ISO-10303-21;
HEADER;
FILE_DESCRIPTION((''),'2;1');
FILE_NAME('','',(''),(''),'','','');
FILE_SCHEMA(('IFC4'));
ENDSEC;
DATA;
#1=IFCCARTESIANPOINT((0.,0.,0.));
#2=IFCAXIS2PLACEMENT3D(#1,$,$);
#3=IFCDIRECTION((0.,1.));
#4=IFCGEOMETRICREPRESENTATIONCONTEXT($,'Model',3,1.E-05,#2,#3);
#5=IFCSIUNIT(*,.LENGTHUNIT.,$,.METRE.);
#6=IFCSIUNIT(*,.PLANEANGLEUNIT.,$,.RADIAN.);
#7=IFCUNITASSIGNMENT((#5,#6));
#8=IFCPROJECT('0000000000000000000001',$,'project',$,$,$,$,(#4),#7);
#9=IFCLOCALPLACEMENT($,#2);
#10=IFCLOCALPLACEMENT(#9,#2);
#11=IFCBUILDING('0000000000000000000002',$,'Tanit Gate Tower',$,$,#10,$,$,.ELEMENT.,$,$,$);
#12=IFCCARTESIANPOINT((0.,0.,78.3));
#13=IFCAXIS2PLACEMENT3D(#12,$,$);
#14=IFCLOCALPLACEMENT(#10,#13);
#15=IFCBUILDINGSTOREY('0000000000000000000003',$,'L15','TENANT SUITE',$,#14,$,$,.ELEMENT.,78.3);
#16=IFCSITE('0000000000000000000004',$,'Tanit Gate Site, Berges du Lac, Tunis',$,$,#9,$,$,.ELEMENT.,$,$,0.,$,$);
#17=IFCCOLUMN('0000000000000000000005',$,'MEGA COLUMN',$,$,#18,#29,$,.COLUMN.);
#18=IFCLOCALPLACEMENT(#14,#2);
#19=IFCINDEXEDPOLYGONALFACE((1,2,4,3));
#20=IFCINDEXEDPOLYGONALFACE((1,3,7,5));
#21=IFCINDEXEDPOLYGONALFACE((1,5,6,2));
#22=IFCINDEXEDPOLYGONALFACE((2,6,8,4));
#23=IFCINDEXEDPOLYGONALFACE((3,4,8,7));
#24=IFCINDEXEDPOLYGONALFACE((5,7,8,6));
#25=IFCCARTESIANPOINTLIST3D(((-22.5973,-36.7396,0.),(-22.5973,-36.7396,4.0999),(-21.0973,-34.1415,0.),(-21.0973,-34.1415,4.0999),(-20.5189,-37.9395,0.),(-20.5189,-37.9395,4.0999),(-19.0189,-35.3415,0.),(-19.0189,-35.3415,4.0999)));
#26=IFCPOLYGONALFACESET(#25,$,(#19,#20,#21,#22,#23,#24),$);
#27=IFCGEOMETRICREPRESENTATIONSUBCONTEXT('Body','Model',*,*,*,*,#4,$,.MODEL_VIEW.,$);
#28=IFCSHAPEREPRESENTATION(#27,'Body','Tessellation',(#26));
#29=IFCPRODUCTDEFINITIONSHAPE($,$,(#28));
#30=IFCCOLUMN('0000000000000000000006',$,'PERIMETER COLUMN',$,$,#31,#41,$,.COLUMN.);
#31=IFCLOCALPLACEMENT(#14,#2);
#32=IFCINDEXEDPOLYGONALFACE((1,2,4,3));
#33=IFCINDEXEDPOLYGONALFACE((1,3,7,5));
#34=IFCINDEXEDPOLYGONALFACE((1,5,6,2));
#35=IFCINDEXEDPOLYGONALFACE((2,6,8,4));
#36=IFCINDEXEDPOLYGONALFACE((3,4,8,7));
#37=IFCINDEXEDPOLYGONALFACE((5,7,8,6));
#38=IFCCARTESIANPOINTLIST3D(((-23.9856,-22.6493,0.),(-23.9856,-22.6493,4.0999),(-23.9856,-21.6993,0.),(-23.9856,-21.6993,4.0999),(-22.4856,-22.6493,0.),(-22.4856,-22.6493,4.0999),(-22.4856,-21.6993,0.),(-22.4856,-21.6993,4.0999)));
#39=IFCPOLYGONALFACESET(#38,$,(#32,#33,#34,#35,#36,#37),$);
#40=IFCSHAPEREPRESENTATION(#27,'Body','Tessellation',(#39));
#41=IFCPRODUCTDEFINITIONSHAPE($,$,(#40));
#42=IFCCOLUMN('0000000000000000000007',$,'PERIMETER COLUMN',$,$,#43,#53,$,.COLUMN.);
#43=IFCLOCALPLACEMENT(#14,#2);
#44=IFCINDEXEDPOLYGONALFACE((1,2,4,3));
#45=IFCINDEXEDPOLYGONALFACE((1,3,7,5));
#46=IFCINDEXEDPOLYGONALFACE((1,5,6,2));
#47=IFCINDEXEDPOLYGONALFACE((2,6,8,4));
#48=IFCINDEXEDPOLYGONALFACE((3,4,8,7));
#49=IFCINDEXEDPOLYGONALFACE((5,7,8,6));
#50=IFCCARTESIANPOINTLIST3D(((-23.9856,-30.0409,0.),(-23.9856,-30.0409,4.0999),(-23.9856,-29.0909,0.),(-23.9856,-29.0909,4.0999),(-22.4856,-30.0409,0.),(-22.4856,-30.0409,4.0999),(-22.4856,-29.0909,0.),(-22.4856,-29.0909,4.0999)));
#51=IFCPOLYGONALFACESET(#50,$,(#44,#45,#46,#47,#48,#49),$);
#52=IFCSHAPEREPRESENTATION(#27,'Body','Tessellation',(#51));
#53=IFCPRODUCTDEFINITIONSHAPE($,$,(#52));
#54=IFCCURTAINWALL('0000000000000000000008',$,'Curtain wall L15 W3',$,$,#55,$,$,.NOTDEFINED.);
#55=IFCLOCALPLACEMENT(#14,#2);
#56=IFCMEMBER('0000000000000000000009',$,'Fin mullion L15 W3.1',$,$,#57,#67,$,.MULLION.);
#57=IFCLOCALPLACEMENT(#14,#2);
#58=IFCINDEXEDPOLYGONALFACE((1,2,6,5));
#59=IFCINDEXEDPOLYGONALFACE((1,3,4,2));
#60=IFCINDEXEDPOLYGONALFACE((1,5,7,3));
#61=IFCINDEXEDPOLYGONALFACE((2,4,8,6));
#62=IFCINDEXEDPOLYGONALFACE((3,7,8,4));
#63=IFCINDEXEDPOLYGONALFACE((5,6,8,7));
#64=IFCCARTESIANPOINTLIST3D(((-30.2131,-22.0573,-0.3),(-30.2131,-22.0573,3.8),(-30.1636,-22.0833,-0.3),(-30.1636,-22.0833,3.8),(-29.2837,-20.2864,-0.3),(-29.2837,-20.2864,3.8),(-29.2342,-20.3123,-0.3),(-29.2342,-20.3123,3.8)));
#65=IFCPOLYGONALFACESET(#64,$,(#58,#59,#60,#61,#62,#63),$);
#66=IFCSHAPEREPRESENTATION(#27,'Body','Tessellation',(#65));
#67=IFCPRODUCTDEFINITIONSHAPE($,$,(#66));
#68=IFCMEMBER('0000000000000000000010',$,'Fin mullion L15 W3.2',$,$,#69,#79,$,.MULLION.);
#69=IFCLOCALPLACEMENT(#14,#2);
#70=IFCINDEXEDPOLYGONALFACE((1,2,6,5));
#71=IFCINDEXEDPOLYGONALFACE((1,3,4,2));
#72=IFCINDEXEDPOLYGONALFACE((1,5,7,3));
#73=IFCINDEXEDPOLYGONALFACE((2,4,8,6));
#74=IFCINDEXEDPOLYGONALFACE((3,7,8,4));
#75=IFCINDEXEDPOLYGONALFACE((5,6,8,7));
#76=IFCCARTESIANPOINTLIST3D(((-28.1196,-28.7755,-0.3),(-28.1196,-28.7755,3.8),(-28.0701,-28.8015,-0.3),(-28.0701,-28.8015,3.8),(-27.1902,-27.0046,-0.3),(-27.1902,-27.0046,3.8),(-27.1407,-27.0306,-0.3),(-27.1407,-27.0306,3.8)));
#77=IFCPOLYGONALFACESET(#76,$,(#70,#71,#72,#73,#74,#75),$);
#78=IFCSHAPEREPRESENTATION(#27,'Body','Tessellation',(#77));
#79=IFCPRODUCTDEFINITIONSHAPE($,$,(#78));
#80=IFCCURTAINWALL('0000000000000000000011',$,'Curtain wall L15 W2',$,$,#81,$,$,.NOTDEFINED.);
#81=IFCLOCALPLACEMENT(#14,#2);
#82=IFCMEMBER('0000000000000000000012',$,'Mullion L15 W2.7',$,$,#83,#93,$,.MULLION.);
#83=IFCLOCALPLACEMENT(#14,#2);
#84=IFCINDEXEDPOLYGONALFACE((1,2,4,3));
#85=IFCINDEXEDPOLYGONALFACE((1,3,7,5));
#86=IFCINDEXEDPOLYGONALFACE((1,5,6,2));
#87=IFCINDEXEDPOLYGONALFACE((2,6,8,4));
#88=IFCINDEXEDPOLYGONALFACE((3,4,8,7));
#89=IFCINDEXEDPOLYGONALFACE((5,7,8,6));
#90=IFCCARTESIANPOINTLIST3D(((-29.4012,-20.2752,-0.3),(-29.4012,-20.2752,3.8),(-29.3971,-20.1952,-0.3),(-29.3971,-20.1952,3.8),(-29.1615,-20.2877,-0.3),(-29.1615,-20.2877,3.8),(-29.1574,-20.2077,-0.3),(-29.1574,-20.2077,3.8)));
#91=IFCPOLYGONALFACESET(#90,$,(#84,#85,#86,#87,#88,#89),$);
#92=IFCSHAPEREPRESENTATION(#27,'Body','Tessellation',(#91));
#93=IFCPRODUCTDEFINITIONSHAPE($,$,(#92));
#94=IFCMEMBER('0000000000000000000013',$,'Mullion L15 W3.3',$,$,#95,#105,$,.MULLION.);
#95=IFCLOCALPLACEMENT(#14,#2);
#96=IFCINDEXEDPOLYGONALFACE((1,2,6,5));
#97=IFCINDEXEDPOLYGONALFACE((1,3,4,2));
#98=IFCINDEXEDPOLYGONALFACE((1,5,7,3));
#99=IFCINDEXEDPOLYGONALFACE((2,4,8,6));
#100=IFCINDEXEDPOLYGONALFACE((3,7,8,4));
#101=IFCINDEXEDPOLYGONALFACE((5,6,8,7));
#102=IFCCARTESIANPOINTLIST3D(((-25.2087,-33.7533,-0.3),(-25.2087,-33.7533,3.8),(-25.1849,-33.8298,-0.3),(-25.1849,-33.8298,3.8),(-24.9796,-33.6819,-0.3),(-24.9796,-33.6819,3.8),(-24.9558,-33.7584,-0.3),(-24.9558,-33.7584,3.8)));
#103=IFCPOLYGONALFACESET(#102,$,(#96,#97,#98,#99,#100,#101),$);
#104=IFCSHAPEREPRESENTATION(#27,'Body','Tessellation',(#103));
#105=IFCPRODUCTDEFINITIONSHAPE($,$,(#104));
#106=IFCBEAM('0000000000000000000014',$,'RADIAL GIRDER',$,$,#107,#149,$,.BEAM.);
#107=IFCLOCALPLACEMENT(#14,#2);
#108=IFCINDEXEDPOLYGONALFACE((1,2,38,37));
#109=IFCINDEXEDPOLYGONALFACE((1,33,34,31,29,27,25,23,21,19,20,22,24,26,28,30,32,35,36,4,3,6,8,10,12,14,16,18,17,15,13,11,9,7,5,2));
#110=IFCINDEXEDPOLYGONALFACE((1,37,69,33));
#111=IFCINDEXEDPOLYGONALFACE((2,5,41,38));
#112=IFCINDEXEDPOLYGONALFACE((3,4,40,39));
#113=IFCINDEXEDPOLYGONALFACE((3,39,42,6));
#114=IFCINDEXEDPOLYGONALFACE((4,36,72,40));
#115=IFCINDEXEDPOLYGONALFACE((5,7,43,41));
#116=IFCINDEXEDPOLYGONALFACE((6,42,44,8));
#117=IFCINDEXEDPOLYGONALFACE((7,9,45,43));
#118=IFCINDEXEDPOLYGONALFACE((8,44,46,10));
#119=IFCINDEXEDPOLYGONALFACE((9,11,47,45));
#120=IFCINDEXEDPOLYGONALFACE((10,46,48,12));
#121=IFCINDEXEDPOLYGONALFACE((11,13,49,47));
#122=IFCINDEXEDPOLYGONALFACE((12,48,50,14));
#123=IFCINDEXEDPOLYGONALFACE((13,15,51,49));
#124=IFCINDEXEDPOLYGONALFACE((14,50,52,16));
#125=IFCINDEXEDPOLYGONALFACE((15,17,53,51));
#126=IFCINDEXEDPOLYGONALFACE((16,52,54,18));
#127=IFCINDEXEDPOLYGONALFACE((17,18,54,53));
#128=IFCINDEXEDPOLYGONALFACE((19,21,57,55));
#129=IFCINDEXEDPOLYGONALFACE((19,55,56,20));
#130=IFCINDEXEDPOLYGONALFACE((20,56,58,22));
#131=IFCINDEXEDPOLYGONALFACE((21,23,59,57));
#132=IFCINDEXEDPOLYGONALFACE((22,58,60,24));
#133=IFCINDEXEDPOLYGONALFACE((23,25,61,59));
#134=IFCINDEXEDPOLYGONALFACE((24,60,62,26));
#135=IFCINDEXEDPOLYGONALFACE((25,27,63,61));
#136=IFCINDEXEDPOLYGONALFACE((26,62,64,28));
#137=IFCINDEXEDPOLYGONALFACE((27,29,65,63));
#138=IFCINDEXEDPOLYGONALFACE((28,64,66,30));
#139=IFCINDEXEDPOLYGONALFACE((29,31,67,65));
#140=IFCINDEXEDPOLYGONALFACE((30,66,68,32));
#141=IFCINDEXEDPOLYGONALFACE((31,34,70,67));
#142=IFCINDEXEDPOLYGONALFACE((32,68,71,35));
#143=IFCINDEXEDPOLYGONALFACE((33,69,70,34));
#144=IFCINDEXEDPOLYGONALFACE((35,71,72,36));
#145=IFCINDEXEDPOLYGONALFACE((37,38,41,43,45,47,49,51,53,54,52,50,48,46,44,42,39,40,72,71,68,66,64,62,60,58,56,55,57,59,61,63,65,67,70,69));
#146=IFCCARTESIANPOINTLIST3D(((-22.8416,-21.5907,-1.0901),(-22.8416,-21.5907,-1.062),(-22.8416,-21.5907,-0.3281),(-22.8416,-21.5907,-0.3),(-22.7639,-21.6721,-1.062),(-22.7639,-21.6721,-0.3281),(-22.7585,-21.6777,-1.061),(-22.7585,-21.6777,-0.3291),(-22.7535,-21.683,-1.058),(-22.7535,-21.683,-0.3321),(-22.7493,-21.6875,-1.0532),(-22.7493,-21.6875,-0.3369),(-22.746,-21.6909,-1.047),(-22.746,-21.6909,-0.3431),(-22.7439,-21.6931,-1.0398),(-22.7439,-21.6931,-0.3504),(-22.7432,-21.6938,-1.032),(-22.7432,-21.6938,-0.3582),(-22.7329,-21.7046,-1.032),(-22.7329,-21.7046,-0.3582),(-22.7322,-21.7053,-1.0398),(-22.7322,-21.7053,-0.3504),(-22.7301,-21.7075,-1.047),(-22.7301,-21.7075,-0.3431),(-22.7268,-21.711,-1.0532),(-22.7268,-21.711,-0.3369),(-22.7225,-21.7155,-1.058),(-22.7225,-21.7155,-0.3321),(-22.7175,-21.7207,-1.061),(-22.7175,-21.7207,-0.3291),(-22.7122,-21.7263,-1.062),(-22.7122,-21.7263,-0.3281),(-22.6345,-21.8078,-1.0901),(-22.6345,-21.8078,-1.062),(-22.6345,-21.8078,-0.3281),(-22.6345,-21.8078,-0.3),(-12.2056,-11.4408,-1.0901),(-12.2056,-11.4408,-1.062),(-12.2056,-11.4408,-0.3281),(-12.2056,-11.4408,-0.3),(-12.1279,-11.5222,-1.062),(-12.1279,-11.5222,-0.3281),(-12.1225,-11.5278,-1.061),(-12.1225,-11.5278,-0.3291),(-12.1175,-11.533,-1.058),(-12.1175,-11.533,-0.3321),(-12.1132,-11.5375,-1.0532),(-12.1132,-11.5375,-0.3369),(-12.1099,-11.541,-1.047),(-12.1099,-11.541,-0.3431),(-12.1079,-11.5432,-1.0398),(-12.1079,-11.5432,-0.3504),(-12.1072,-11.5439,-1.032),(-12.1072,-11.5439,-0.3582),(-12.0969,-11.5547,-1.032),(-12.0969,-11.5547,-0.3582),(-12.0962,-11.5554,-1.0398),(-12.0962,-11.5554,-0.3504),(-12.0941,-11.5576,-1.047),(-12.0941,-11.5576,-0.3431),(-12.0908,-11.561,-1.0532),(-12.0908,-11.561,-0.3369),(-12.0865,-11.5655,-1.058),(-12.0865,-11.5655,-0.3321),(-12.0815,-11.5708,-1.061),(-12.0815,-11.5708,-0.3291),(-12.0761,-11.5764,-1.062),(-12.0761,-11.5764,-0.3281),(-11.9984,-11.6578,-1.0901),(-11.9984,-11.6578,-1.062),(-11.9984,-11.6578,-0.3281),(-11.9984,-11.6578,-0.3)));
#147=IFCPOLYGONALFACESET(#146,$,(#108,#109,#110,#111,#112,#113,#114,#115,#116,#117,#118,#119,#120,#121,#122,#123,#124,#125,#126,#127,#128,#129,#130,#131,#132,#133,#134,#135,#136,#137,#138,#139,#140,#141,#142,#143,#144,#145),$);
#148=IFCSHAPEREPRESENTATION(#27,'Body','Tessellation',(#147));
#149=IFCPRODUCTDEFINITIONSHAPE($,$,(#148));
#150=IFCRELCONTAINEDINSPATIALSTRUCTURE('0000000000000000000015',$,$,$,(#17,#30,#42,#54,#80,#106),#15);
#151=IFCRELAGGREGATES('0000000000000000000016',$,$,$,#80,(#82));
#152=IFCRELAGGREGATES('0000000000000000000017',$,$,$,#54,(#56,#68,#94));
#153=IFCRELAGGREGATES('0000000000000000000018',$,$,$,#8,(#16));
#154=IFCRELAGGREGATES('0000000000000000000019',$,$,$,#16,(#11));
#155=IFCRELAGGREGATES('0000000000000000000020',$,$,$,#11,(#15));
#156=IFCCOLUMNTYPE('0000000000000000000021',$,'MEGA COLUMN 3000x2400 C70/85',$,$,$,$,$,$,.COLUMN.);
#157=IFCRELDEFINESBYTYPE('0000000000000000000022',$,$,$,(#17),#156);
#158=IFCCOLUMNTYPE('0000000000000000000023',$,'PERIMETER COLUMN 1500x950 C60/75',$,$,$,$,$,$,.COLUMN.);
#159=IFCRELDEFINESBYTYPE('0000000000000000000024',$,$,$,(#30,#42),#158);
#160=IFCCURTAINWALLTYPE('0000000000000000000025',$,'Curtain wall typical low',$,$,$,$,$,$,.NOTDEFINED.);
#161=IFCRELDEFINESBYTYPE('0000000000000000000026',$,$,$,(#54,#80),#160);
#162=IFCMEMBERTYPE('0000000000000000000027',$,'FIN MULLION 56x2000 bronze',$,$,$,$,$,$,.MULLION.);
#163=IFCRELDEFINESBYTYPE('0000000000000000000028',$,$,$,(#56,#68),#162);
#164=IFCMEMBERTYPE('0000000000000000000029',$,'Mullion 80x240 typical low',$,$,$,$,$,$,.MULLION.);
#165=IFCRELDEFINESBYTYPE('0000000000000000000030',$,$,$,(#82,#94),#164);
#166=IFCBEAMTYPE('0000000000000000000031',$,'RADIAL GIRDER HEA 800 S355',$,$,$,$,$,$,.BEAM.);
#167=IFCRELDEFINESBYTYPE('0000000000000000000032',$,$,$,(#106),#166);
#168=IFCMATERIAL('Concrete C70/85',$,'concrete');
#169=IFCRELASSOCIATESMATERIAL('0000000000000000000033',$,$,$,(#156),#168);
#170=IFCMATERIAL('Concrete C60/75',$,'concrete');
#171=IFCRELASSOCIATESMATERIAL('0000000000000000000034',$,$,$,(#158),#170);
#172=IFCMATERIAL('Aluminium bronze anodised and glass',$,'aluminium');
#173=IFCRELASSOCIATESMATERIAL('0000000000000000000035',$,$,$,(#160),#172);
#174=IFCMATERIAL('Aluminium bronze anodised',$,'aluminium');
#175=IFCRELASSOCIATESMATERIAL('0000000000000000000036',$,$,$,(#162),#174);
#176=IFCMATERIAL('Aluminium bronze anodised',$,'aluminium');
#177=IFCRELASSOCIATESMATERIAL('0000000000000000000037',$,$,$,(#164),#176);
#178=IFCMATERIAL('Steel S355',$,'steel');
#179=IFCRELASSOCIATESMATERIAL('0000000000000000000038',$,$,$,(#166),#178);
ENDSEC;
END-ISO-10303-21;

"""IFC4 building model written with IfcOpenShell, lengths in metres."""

from ifc_helpers import new_model, si_unit, direction, frame, origin, origin_2d, place, context, subcontext, project, spatial, rectangle, i_section, extrude, material, material_profile, profile_set, type_object, element, aggregate, save


model = new_model("IFC4")

# Units and contexts
model_context = context("Model", 3, precision=1e-05, world=origin(), true_north=direction((0.0, 1.0)))
body_context = subcontext(model_context, "Body", "Model", "MODEL_VIEW")
ifc_project = project(units=[si_unit("LENGTHUNIT", "METRE"), si_unit("PLANEANGLEUNIT", "RADIAN")], contexts=[model_context])

# Site, building, storey
site_placement = place(None, origin())
site = spatial("IfcSite", under=ifc_project, at=site_placement, Name="Tanit Gate Site, Berges du Lac, Tunis", CompositionType="ELEMENT", RefElevation=0.0)
building_placement = place(site_placement, origin())
building = spatial("IfcBuilding", under=site, at=building_placement, Name="Tanit Gate Tower", CompositionType="ELEMENT")
storey_placement = place(building_placement, frame((0.0, 0.0, 78.3)))
storey = spatial("IfcBuildingStorey", under=building, at=storey_placement, Name="L15", Description="TENANT SUITE", CompositionType="ELEMENT", Elevation=78.3)

# Columns
ifc_material_1 = material(Name="Concrete C70/85", Category="concrete")
ifc_material_profile_1 = material_profile(ifc_material_1, rectangle(XDim=3.0, YDim=2.3999, at=origin_2d()), Name="RC 3000x2400")
ifc_profile_set_1 = profile_set([ifc_material_profile_1], Name="Concrete C70/85")
column_type_1 = type_object("IfcColumnType", Name="MEGA COLUMN 3000x2400 C70/85", PredefinedType="COLUMN", material=ifc_profile_set_1)
column_placement = place(storey_placement, frame((-20.8081, -36.0405, 0.0), z_axis=(0.0, 0.0, 1.0), x_axis=(-0.5, -0.866025, 0.0)))
element("IfcColumn", 1, at=column_placement, inside=storey, type_object=column_type_1, Name="MEGA COLUMN", PredefinedType="COLUMN", context=body_context, shape_type="SweptSolid", body=[
    extrude(rectangle(XDim=3.0, YDim=2.3999, at=origin_2d()), origin(), (0.0, 0.0, 1.0), 4.0999),
])
ifc_material_2 = material(Name="Concrete C60/75", Category="concrete")
ifc_material_profile_2 = material_profile(ifc_material_2, rectangle(XDim=1.5, YDim=0.95, at=origin_2d()), Name="RC 1500x950")
ifc_profile_set_2 = profile_set([ifc_material_profile_2], Name="Concrete C60/75")
column_type_2 = type_object("IfcColumnType", Name="PERIMETER COLUMN 1500x950 C60/75", PredefinedType="COLUMN", material=ifc_profile_set_2)
for number, where, z_axis, x_axis, name in (
    (2, (-23.2356, -22.1743, 0.0), (0.0, 0.0, 1.0), (-1.0, 0.0, 0.0), "PERIMETER COLUMN"),
    (3, (-23.2356, -29.5659, 0.0), (0.0, 0.0, 1.0), (-1.0, 0.0, 0.0), "PERIMETER COLUMN"),
):
    element("IfcColumn", number, at=place(storey_placement, frame(where, z_axis=z_axis, x_axis=x_axis)), inside=storey, type_object=column_type_2, Name=name, PredefinedType="COLUMN", context=body_context, shape_type="SweptSolid", body=[
        extrude(rectangle(XDim=1.5, YDim=0.95, at=origin_2d()), origin(), (0.0, 0.0, 1.0), 4.0999),
    ])

# Curtain wall, members
ifc_material_3 = material(Name="Aluminium bronze anodised and glass", Category="aluminium")
curtain_wall_type = type_object("IfcCurtainWallType", Name="Curtain wall typical low", PredefinedType="NOTDEFINED", material=ifc_material_3)
curtain_wall_1_placement = place(storey_placement, origin())
curtain_wall_1 = element("IfcCurtainWall", 4, at=curtain_wall_1_placement, inside=storey, type_object=curtain_wall_type, Name="Curtain wall L15 W3", PredefinedType="NOTDEFINED")
ifc_material_4 = material(Name="Aluminium bronze anodised", Category="aluminium")
ifc_material_profile_3 = material_profile(ifc_material_4, rectangle(XDim=2.0, YDim=0.0559, at=origin_2d()), Name="56x2000 bronze fin mullion")
ifc_profile_set_3 = profile_set([ifc_material_profile_3], Name="Aluminium bronze anodised")
member_type_1 = type_object("IfcMemberType", Name="FIN MULLION 56x2000 bronze", PredefinedType="MULLION", material=ifc_profile_set_3)
member_1_placement = place(storey_placement, frame((-29.7236, -21.1848, -0.3), z_axis=(0.0, 0.0, 1.0), x_axis=(0.464714, 0.885461, 0.0)))
member_1 = element("IfcMember", 5, at=member_1_placement, type_object=member_type_1, Name="Fin mullion L15 W3.1", PredefinedType="MULLION", context=body_context, shape_type="SweptSolid", body=[
    extrude(rectangle(XDim=2.0, YDim=0.0559, at=origin_2d()), origin(), (0.0, 0.0, 1.0), 4.1001),
])
member_2_placement = place(storey_placement, frame((-27.6301, -27.9031, -0.3), z_axis=(0.0, 0.0, 1.0), x_axis=(0.464714, 0.885461, 0.0)))
member_2 = element("IfcMember", 6, at=member_2_placement, type_object=member_type_1, Name="Fin mullion L15 W3.2", PredefinedType="MULLION", context=body_context, shape_type="SweptSolid", body=[
    extrude(rectangle(XDim=2.0, YDim=0.0559, at=origin_2d()), origin(), (0.0, 0.0, 1.0), 4.1001),
])

# Curtain wall, member
curtain_wall_2_placement = place(storey_placement, origin())
curtain_wall_2 = element("IfcCurtainWall", 7, at=curtain_wall_2_placement, inside=storey, type_object=curtain_wall_type, Name="Curtain wall L15 W2", PredefinedType="NOTDEFINED")
ifc_material_5 = material(Name="Aluminium bronze anodised", Category="aluminium")
ifc_material_profile_4 = material_profile(ifc_material_5, rectangle(XDim=0.24, YDim=0.0801, at=origin_2d()), Name="80x240 bronze mullion")
ifc_profile_set_4 = profile_set([ifc_material_profile_4], Name="Aluminium bronze anodised")
member_type_2 = type_object("IfcMemberType", Name="Mullion 80x240 typical low", PredefinedType="MULLION", material=ifc_profile_set_4)
member_3_placement = place(storey_placement, frame((-29.2793, -20.2415, -0.3), z_axis=(0.0, 0.0, 1.0), x_axis=(0.998654, -0.051865, 0.0)))
member_3 = element("IfcMember", 8, at=member_3_placement, type_object=member_type_2, Name="Mullion L15 W2.7", PredefinedType="MULLION", context=body_context, shape_type="SweptSolid", body=[
    extrude(rectangle(XDim=0.24, YDim=0.0801, at=origin_2d()), origin(), (0.0, 0.0, 1.0), 4.1001),
])
aggregate(curtain_wall_2, [member_3])

# Member
member_4_placement = place(storey_placement, frame((-25.0823, -33.7559, -0.3), z_axis=(0.0, 0.0, 1.0), x_axis=(0.954718, 0.297513, 0.0)))
member_4 = element("IfcMember", 9, at=member_4_placement, type_object=member_type_2, Name="Mullion L15 W3.3", PredefinedType="MULLION", context=body_context, shape_type="SweptSolid", body=[
    extrude(rectangle(XDim=0.24, YDim=0.0801, at=origin_2d()), origin(), (0.0, 0.0, 1.0), 4.1001),
])

# Beam
ifc_material_6 = material(Name="Steel S355", Category="steel")
ifc_material_profile_5 = material_profile(ifc_material_6, i_section(OverallWidth=0.3, OverallDepth=0.79, WebThickness=0.0149, FlangeThickness=0.0281, FilletRadius=0.03, at=origin_2d()), Name="HEA 800")
ifc_profile_set_5 = profile_set([ifc_material_profile_5], Name="Steel S355")
beam_type_1 = type_object("IfcBeamType", Name="RADIAL GIRDER HEA 800 S355", PredefinedType="BEAM", material=ifc_profile_set_5)
beam_1_placement = place(storey_placement, frame((-22.738, -21.6992, -0.6951), z_axis=(0.723445, 0.690382, 0.0), x_axis=(-0.690382, 0.723445, 0.0)))
element("IfcBeam", 10, at=beam_1_placement, inside=storey, type_object=beam_type_1, Name="RADIAL GIRDER", PredefinedType="BEAM", context=body_context, shape_type="SweptSolid", body=[
    extrude(i_section(OverallWidth=0.3, OverallDepth=0.79, WebThickness=0.0149, FlangeThickness=0.0281, FilletRadius=0.03, at=origin_2d()), origin(), (0.0, 0.0, 1.0), 14.7019),
])

aggregate(curtain_wall_1, [member_1, member_2, member_4])

save(model, "model.ifc")
